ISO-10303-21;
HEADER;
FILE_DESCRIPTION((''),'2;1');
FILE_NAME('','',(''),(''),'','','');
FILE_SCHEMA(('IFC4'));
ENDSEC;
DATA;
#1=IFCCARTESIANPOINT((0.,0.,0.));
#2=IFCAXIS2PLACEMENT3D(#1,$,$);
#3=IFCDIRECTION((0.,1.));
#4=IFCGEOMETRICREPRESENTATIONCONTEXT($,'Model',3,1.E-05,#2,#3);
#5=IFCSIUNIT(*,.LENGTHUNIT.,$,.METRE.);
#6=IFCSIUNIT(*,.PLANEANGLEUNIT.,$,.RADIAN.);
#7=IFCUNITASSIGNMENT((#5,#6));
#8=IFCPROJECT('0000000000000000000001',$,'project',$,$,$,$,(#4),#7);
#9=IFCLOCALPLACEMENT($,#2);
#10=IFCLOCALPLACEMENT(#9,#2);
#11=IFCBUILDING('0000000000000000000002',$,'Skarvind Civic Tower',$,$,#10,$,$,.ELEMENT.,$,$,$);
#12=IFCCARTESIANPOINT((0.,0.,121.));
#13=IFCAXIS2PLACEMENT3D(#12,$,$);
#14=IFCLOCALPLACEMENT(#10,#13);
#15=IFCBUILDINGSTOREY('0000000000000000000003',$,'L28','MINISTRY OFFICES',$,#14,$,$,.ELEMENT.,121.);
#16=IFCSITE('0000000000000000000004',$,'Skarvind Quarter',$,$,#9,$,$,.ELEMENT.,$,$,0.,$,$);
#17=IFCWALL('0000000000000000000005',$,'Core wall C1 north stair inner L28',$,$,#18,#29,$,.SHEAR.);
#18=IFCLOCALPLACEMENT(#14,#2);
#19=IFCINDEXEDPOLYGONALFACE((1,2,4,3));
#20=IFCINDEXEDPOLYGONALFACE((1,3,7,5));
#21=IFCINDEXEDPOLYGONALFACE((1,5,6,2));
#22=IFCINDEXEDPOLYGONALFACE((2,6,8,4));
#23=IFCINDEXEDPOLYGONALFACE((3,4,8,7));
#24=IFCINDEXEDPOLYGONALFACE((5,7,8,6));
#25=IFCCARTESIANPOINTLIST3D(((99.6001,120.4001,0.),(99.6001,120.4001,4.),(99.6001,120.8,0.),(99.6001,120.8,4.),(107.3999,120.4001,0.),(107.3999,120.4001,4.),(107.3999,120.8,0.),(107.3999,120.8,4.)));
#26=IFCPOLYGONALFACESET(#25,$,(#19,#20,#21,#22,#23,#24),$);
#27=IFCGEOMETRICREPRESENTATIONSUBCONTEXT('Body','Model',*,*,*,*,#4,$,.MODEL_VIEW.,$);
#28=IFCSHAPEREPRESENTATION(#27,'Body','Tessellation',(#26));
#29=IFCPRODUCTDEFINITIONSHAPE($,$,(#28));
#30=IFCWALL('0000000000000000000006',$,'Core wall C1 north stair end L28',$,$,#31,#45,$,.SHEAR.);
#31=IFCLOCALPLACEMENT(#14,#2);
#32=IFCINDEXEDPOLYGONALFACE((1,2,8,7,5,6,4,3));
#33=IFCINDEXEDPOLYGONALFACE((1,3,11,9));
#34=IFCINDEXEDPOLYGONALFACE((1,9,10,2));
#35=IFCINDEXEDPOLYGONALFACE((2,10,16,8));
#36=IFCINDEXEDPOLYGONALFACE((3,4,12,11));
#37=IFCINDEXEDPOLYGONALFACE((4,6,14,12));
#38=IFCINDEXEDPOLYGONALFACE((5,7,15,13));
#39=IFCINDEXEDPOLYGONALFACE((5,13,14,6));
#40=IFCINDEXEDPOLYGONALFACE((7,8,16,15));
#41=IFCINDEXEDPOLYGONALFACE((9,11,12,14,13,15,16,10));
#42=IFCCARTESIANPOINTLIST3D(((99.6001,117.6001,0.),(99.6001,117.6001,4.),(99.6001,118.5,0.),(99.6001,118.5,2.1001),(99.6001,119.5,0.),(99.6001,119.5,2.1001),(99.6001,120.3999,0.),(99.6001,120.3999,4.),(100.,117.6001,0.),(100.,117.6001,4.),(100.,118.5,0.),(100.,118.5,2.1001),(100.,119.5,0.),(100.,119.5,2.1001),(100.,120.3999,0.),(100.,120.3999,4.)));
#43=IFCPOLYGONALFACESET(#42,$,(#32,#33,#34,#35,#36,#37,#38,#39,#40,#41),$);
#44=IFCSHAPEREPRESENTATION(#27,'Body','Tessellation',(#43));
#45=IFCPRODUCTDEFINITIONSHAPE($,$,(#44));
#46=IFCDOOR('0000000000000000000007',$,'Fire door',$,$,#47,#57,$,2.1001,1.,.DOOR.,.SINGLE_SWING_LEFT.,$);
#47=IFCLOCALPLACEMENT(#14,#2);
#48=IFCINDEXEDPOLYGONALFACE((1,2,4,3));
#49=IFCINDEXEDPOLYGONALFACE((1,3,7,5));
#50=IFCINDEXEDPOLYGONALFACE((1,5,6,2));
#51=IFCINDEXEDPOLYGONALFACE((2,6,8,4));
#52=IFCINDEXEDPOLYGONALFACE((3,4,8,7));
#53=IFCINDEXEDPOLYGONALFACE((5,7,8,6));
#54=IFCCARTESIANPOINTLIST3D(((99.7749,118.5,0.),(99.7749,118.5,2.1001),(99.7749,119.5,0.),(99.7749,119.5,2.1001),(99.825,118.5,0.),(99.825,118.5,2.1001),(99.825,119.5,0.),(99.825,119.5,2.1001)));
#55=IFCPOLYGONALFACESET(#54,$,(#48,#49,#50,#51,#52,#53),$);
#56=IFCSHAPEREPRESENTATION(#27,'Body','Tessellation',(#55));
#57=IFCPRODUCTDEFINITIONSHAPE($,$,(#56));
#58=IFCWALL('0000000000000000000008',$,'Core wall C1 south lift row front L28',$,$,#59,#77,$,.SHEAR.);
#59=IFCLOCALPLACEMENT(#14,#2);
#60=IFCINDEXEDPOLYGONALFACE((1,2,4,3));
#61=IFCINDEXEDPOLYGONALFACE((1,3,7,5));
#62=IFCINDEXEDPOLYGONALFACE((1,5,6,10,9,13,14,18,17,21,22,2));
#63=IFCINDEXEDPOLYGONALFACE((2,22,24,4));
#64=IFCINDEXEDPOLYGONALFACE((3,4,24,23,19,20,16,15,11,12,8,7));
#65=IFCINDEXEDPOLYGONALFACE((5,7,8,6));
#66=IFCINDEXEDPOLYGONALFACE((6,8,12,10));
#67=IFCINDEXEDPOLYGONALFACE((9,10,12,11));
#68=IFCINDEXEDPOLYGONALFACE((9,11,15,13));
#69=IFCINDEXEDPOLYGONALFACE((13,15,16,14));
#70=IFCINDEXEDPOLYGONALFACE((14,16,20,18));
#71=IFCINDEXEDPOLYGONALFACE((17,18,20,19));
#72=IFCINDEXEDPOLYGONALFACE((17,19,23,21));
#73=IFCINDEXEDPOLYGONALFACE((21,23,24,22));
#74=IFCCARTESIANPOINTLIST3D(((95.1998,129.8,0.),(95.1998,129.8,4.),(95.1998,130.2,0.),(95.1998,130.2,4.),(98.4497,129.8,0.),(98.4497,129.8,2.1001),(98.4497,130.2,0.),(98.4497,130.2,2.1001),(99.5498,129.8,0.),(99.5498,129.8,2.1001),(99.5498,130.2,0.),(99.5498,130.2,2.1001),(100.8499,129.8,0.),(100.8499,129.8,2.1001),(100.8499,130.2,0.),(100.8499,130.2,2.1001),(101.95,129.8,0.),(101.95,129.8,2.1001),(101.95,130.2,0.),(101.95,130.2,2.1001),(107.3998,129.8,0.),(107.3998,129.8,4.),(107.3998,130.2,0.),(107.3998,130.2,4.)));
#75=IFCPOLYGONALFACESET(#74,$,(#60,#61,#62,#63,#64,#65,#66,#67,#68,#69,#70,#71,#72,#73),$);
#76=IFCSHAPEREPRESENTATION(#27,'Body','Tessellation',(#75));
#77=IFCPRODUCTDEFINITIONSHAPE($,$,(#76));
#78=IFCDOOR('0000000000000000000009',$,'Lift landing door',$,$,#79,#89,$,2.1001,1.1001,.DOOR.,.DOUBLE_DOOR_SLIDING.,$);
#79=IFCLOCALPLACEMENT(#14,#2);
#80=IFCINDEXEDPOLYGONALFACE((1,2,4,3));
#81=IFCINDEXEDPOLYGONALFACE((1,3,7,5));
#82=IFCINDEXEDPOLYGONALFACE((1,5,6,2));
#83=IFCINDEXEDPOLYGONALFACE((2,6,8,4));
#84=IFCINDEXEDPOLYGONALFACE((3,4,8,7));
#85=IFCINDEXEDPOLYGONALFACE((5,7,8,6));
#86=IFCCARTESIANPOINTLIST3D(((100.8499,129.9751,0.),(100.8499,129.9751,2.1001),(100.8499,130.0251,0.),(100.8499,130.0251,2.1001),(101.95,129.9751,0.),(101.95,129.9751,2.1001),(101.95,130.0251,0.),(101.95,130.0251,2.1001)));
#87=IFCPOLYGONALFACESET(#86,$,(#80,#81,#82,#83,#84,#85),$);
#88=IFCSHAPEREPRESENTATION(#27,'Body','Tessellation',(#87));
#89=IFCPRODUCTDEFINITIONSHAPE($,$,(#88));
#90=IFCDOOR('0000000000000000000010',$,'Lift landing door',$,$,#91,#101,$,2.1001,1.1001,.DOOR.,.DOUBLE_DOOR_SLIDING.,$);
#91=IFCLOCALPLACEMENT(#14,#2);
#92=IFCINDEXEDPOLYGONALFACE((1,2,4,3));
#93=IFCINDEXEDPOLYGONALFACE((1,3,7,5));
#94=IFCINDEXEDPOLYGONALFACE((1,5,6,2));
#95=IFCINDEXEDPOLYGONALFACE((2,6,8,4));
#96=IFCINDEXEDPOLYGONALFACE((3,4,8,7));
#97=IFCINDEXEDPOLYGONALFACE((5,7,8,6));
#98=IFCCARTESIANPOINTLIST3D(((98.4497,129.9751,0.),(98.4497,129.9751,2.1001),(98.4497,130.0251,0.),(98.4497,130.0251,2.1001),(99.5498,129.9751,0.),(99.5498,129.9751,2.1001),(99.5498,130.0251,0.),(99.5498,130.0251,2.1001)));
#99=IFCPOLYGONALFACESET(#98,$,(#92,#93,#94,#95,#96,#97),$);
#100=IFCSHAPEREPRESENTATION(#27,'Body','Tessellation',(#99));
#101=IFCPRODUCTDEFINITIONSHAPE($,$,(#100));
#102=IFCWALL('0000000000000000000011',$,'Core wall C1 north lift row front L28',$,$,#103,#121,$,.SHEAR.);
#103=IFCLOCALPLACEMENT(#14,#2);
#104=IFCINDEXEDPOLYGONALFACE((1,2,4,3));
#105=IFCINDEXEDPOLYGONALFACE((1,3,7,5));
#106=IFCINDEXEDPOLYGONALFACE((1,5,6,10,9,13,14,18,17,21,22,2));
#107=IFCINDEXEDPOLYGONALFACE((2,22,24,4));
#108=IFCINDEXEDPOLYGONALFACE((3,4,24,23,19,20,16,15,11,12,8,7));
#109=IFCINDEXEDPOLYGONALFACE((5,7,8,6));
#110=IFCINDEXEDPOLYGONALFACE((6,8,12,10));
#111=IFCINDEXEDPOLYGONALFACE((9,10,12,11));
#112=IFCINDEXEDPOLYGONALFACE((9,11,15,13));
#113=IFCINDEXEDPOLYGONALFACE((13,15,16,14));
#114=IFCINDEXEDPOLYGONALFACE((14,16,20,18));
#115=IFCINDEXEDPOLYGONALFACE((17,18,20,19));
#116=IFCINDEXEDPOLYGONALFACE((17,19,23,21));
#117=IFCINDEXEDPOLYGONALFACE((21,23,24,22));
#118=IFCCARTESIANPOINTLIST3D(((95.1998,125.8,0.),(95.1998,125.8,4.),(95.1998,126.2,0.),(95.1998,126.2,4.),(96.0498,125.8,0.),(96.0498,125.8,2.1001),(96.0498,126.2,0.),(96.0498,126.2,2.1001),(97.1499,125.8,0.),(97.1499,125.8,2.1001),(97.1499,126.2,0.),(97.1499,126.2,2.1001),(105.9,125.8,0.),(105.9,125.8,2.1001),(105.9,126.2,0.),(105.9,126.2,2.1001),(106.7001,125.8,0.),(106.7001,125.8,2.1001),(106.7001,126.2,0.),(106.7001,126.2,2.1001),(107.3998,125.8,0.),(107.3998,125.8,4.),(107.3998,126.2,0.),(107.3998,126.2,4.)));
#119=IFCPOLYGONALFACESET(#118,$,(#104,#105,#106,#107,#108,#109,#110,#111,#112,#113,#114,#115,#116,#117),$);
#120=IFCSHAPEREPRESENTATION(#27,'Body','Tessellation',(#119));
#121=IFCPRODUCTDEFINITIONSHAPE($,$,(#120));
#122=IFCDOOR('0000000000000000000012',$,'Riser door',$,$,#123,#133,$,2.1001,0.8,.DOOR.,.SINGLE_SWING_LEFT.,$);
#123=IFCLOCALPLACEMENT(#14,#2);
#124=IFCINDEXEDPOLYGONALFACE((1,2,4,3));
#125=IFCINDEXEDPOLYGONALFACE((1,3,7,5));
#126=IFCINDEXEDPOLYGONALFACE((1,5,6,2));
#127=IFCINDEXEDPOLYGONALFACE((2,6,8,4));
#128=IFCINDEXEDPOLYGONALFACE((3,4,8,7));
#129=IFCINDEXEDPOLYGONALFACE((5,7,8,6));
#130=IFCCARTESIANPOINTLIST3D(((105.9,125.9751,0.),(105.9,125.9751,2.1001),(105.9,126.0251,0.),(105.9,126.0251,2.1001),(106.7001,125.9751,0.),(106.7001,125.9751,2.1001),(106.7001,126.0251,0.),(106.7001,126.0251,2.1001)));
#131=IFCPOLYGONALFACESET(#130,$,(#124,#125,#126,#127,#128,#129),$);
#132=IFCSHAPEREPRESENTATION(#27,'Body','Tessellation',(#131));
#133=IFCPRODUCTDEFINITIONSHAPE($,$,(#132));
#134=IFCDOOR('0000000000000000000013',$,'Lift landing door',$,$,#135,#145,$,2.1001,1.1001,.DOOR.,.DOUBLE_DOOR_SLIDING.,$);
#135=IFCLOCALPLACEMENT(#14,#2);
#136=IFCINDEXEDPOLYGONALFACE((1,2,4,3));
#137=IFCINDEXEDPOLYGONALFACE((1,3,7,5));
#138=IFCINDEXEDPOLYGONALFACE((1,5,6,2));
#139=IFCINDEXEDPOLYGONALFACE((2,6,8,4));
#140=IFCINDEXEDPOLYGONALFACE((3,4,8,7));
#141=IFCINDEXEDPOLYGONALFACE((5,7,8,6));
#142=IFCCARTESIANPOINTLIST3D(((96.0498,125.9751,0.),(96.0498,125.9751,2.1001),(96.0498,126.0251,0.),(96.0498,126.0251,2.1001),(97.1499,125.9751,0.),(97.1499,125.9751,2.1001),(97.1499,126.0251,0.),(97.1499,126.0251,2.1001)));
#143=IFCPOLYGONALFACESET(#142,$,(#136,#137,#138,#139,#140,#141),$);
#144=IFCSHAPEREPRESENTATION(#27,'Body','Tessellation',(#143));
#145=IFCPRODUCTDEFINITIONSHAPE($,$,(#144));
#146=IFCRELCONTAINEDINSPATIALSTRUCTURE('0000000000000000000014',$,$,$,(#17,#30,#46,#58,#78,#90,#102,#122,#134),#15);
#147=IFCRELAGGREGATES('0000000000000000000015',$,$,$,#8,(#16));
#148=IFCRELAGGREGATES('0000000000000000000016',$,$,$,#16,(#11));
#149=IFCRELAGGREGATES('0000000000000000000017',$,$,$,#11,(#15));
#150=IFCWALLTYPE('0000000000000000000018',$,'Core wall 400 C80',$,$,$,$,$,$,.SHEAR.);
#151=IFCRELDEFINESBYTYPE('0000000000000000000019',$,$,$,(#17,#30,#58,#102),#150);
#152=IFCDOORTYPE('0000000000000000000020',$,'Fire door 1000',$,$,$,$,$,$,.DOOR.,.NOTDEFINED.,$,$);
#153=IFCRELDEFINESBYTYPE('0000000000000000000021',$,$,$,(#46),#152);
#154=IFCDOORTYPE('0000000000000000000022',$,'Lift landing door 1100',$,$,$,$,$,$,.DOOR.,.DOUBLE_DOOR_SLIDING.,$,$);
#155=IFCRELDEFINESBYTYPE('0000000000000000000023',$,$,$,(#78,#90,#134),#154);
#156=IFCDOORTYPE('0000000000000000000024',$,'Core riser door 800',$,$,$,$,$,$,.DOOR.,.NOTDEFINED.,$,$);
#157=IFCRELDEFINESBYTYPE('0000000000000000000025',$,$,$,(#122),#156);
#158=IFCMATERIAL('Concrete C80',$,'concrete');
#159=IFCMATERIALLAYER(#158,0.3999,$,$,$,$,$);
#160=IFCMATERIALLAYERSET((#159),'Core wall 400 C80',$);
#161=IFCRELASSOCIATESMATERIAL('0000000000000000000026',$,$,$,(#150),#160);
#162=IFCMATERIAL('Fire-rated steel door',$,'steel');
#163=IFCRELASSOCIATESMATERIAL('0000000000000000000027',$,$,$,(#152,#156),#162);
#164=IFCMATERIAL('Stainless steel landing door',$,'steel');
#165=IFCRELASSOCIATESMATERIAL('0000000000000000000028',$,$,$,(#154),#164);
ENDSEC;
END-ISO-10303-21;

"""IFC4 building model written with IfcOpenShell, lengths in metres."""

from ifc_helpers import new_model, si_unit, direction, frame, frame_2d, origin, place, context, subcontext, project, spatial, rectangle, extrude, material, layer, layer_set, type_object, element, fill, save


model = new_model("IFC4")

# Units and contexts
model_context = context("Model", 3, precision=1e-05, world=origin(), true_north=direction((0.0, 1.0)))
body_context = subcontext(model_context, "Body", "Model", "MODEL_VIEW")
ifc_project = project(units=[si_unit("LENGTHUNIT", "METRE"), si_unit("PLANEANGLEUNIT", "RADIAN")], contexts=[model_context])

# Site, building, storey
site_placement = place(None, origin())
site = spatial("IfcSite", under=ifc_project, at=site_placement, Name="Skarvind Quarter", CompositionType="ELEMENT", RefElevation=0.0)
building_placement = place(site_placement, origin())
building = spatial("IfcBuilding", under=site, at=building_placement, Name="Skarvind Civic Tower", CompositionType="ELEMENT")
storey_placement = place(building_placement, frame((0.0, 0.0, 121.0)))
storey = spatial("IfcBuildingStorey", under=building, at=storey_placement, Name="L28", Description="MINISTRY OFFICES", CompositionType="ELEMENT", Elevation=121.0)

# Wall
ifc_material_1 = material(Name="Concrete C80", Category="concrete")
ifc_layer_1 = layer(ifc_material_1, 0.3999)
ifc_layer_set_1 = layer_set([ifc_layer_1], Name="Core wall 400 C80")
wall_type_1 = type_object("IfcWallType", Name="Core wall 400 C80", PredefinedType="SHEAR", material=ifc_layer_set_1)
wall_1_placement = place(storey_placement, frame((107.3999, 120.6001, 0.0), z_axis=(0.0, 0.0, 1.0), x_axis=(-1.0, 0.0, 0.0)))
element("IfcWall", 1, at=wall_1_placement, inside=storey, type_object=wall_type_1, Name="Core wall C1 north stair inner L28", PredefinedType="SHEAR", context=body_context, shape_type="SweptSolid", body=[
    extrude(rectangle(XDim=7.7998, YDim=0.3999, at=frame_2d((3.8999, 0.0))), origin(), (0.0, 0.0, 1.0), 4.0),
])

# Wall, opening, door
wall_2_placement = place(storey_placement, frame((99.8, 120.3999, 0.0), z_axis=(0.0, 0.0, 1.0), x_axis=(0.0, -1.0, 0.0)))
wall_2 = element("IfcWall", 2, at=wall_2_placement, inside=storey, type_object=wall_type_1, Name="Core wall C1 north stair end L28", PredefinedType="SHEAR", context=body_context, shape_type="SweptSolid", body=[
    extrude(rectangle(XDim=2.7998, YDim=0.3999, at=frame_2d((1.3999, 0.0))), origin(), (0.0, 0.0, 1.0), 4.0),
])
opening_1_placement = place(wall_2_placement, frame((0.8999, 0.0, 0.0)))
opening_1 = element("IfcOpeningElement", 3, at=opening_1_placement, cuts=wall_2, PredefinedType="OPENING", context=body_context, shape_type="SweptSolid", body=[
    extrude(rectangle(XDim=1.0, YDim=2.1001, at=frame_2d((0.5, 1.05))), frame((0.0, 0.21, 0.0), z_axis=(0.0, -1.0, 0.0), x_axis=(1.0, 0.0, 0.0)), (0.0, 0.0, 1.0), 0.4199),
])
ifc_material_2 = material(Name="Fire-rated steel door", Category="steel")
door_type_1 = type_object("IfcDoorType", Name="Fire door 1000", OperationType="NOTDEFINED", PredefinedType="DOOR", material=ifc_material_2)
door_1_placement = place(opening_1_placement, origin())
door_1 = element("IfcDoor", 4, at=door_1_placement, inside=storey, type_object=door_type_1, Name="Fire door", OperationType="SINGLE_SWING_LEFT", OverallHeight=2.1001, OverallWidth=1.0, PredefinedType="DOOR", context=body_context, shape_type="SweptSolid", body=[
    extrude(rectangle(XDim=1.0, YDim=2.1001, at=frame_2d((0.5, 1.05))), frame((0.0, 0.0249, 0.0), z_axis=(0.0, -1.0, 0.0), x_axis=(1.0, 0.0, 0.0)), (0.0, 0.0, 1.0), 0.05),
])
fill(opening_1, door_1)

# Walls, openings, doors
wall_3_placement = place(storey_placement, frame((107.3999, 130.0, 0.0), z_axis=(0.0, 0.0, 1.0), x_axis=(-1.0, 0.0, 0.0)))
wall_3 = element("IfcWall", 5, at=wall_3_placement, inside=storey, type_object=wall_type_1, Name="Core wall C1 south lift row front L28", PredefinedType="SHEAR", context=body_context, shape_type="SweptSolid", body=[
    extrude(rectangle(XDim=12.2, YDim=0.3999, at=frame_2d((6.1001, 0.0))), origin(), (0.0, 0.0, 1.0), 4.0),
])
opening_2_placement = place(wall_3_placement, frame((5.45, 0.0, 0.0)))
opening_2 = element("IfcOpeningElement", 6, at=opening_2_placement, cuts=wall_3, PredefinedType="OPENING", context=body_context, shape_type="SweptSolid", body=[
    extrude(rectangle(XDim=1.1001, YDim=2.1001, at=frame_2d((0.55, 1.05))), frame((0.0, 0.21, 0.0), z_axis=(0.0, -1.0, 0.0), x_axis=(1.0, 0.0, 0.0)), (0.0, 0.0, 1.0), 0.4199),
])
opening_3_placement = place(wall_3_placement, frame((7.8501, 0.0, 0.0)))
opening_3 = element("IfcOpeningElement", 7, at=opening_3_placement, cuts=wall_3, PredefinedType="OPENING", context=body_context, shape_type="SweptSolid", body=[
    extrude(rectangle(XDim=1.1001, YDim=2.1001, at=frame_2d((0.55, 1.05))), frame((0.0, 0.21, 0.0), z_axis=(0.0, -1.0, 0.0), x_axis=(1.0, 0.0, 0.0)), (0.0, 0.0, 1.0), 0.4199),
])
ifc_material_3 = material(Name="Stainless steel landing door", Category="steel")
door_type_2 = type_object("IfcDoorType", Name="Lift landing door 1100", OperationType="DOUBLE_DOOR_SLIDING", PredefinedType="DOOR", material=ifc_material_3)
door_2_placement = place(opening_2_placement, origin())
door_2 = element("IfcDoor", 8, at=door_2_placement, inside=storey, type_object=door_type_2, Name="Lift landing door", OperationType="DOUBLE_DOOR_SLIDING", OverallHeight=2.1001, OverallWidth=1.1001, PredefinedType="DOOR", context=body_context, shape_type="SweptSolid", body=[
    extrude(rectangle(XDim=1.1001, YDim=2.1001, at=frame_2d((0.55, 1.05))), frame((0.0, 0.0249, 0.0), z_axis=(0.0, -1.0, 0.0), x_axis=(1.0, 0.0, 0.0)), (0.0, 0.0, 1.0), 0.05),
])
fill(opening_2, door_2)
door_3_placement = place(opening_3_placement, origin())
door_3 = element("IfcDoor", 9, at=door_3_placement, inside=storey, type_object=door_type_2, Name="Lift landing door", OperationType="DOUBLE_DOOR_SLIDING", OverallHeight=2.1001, OverallWidth=1.1001, PredefinedType="DOOR", context=body_context, shape_type="SweptSolid", body=[
    extrude(rectangle(XDim=1.1001, YDim=2.1001, at=frame_2d((0.55, 1.05))), frame((0.0, 0.0249, 0.0), z_axis=(0.0, -1.0, 0.0), x_axis=(1.0, 0.0, 0.0)), (0.0, 0.0, 1.0), 0.05),
])
fill(opening_3, door_3)
wall_4_placement = place(storey_placement, frame((107.3999, 126.0, 0.0), z_axis=(0.0, 0.0, 1.0), x_axis=(-1.0, 0.0, 0.0)))
wall_4 = element("IfcWall", 10, at=wall_4_placement, inside=storey, type_object=wall_type_1, Name="Core wall C1 north lift row front L28", PredefinedType="SHEAR", context=body_context, shape_type="SweptSolid", body=[
    extrude(rectangle(XDim=12.2, YDim=0.3999, at=frame_2d((6.1001, 0.0))), origin(), (0.0, 0.0, 1.0), 4.0),
])
opening_4_placement = place(wall_4_placement, frame((10.25, 0.0, 0.0)))
opening_4 = element("IfcOpeningElement", 11, at=opening_4_placement, cuts=wall_4, PredefinedType="OPENING", context=body_context, shape_type="SweptSolid", body=[
    extrude(rectangle(XDim=1.1001, YDim=2.1001, at=frame_2d((0.55, 1.05))), frame((0.0, 0.21, 0.0), z_axis=(0.0, -1.0, 0.0), x_axis=(1.0, 0.0, 0.0)), (0.0, 0.0, 1.0), 0.4199),
])
opening_5_placement = place(wall_4_placement, frame((0.7, 0.0, 0.0)))
opening_5 = element("IfcOpeningElement", 12, at=opening_5_placement, cuts=wall_4, PredefinedType="OPENING", context=body_context, shape_type="SweptSolid", body=[
    extrude(rectangle(XDim=0.8, YDim=2.1001, at=frame_2d((0.3999, 1.05))), frame((0.0, 0.21, 0.0), z_axis=(0.0, -1.0, 0.0), x_axis=(1.0, 0.0, 0.0)), (0.0, 0.0, 1.0), 0.4199),
])
door_type_3 = type_object("IfcDoorType", Name="Core riser door 800", OperationType="NOTDEFINED", PredefinedType="DOOR", material=ifc_material_2)
door_4_placement = place(opening_5_placement, origin())
door_4 = element("IfcDoor", 13, at=door_4_placement, inside=storey, type_object=door_type_3, Name="Riser door", OperationType="SINGLE_SWING_LEFT", OverallHeight=2.1001, OverallWidth=0.8, PredefinedType="DOOR", context=body_context, shape_type="SweptSolid", body=[
    extrude(rectangle(XDim=0.8, YDim=2.1001, at=frame_2d((0.3999, 1.05))), frame((0.0, 0.0249, 0.0), z_axis=(0.0, -1.0, 0.0), x_axis=(1.0, 0.0, 0.0)), (0.0, 0.0, 1.0), 0.05),
])
fill(opening_5, door_4)
door_5_placement = place(opening_4_placement, origin())
door_5 = element("IfcDoor", 14, at=door_5_placement, inside=storey, type_object=door_type_2, Name="Lift landing door", OperationType="DOUBLE_DOOR_SLIDING", OverallHeight=2.1001, OverallWidth=1.1001, PredefinedType="DOOR", context=body_context, shape_type="SweptSolid", body=[
    extrude(rectangle(XDim=1.1001, YDim=2.1001, at=frame_2d((0.55, 1.05))), frame((0.0, 0.0249, 0.0), z_axis=(0.0, -1.0, 0.0), x_axis=(1.0, 0.0, 0.0)), (0.0, 0.0, 1.0), 0.05),
])
fill(opening_4, door_5)

save(model, "model.ifc")
